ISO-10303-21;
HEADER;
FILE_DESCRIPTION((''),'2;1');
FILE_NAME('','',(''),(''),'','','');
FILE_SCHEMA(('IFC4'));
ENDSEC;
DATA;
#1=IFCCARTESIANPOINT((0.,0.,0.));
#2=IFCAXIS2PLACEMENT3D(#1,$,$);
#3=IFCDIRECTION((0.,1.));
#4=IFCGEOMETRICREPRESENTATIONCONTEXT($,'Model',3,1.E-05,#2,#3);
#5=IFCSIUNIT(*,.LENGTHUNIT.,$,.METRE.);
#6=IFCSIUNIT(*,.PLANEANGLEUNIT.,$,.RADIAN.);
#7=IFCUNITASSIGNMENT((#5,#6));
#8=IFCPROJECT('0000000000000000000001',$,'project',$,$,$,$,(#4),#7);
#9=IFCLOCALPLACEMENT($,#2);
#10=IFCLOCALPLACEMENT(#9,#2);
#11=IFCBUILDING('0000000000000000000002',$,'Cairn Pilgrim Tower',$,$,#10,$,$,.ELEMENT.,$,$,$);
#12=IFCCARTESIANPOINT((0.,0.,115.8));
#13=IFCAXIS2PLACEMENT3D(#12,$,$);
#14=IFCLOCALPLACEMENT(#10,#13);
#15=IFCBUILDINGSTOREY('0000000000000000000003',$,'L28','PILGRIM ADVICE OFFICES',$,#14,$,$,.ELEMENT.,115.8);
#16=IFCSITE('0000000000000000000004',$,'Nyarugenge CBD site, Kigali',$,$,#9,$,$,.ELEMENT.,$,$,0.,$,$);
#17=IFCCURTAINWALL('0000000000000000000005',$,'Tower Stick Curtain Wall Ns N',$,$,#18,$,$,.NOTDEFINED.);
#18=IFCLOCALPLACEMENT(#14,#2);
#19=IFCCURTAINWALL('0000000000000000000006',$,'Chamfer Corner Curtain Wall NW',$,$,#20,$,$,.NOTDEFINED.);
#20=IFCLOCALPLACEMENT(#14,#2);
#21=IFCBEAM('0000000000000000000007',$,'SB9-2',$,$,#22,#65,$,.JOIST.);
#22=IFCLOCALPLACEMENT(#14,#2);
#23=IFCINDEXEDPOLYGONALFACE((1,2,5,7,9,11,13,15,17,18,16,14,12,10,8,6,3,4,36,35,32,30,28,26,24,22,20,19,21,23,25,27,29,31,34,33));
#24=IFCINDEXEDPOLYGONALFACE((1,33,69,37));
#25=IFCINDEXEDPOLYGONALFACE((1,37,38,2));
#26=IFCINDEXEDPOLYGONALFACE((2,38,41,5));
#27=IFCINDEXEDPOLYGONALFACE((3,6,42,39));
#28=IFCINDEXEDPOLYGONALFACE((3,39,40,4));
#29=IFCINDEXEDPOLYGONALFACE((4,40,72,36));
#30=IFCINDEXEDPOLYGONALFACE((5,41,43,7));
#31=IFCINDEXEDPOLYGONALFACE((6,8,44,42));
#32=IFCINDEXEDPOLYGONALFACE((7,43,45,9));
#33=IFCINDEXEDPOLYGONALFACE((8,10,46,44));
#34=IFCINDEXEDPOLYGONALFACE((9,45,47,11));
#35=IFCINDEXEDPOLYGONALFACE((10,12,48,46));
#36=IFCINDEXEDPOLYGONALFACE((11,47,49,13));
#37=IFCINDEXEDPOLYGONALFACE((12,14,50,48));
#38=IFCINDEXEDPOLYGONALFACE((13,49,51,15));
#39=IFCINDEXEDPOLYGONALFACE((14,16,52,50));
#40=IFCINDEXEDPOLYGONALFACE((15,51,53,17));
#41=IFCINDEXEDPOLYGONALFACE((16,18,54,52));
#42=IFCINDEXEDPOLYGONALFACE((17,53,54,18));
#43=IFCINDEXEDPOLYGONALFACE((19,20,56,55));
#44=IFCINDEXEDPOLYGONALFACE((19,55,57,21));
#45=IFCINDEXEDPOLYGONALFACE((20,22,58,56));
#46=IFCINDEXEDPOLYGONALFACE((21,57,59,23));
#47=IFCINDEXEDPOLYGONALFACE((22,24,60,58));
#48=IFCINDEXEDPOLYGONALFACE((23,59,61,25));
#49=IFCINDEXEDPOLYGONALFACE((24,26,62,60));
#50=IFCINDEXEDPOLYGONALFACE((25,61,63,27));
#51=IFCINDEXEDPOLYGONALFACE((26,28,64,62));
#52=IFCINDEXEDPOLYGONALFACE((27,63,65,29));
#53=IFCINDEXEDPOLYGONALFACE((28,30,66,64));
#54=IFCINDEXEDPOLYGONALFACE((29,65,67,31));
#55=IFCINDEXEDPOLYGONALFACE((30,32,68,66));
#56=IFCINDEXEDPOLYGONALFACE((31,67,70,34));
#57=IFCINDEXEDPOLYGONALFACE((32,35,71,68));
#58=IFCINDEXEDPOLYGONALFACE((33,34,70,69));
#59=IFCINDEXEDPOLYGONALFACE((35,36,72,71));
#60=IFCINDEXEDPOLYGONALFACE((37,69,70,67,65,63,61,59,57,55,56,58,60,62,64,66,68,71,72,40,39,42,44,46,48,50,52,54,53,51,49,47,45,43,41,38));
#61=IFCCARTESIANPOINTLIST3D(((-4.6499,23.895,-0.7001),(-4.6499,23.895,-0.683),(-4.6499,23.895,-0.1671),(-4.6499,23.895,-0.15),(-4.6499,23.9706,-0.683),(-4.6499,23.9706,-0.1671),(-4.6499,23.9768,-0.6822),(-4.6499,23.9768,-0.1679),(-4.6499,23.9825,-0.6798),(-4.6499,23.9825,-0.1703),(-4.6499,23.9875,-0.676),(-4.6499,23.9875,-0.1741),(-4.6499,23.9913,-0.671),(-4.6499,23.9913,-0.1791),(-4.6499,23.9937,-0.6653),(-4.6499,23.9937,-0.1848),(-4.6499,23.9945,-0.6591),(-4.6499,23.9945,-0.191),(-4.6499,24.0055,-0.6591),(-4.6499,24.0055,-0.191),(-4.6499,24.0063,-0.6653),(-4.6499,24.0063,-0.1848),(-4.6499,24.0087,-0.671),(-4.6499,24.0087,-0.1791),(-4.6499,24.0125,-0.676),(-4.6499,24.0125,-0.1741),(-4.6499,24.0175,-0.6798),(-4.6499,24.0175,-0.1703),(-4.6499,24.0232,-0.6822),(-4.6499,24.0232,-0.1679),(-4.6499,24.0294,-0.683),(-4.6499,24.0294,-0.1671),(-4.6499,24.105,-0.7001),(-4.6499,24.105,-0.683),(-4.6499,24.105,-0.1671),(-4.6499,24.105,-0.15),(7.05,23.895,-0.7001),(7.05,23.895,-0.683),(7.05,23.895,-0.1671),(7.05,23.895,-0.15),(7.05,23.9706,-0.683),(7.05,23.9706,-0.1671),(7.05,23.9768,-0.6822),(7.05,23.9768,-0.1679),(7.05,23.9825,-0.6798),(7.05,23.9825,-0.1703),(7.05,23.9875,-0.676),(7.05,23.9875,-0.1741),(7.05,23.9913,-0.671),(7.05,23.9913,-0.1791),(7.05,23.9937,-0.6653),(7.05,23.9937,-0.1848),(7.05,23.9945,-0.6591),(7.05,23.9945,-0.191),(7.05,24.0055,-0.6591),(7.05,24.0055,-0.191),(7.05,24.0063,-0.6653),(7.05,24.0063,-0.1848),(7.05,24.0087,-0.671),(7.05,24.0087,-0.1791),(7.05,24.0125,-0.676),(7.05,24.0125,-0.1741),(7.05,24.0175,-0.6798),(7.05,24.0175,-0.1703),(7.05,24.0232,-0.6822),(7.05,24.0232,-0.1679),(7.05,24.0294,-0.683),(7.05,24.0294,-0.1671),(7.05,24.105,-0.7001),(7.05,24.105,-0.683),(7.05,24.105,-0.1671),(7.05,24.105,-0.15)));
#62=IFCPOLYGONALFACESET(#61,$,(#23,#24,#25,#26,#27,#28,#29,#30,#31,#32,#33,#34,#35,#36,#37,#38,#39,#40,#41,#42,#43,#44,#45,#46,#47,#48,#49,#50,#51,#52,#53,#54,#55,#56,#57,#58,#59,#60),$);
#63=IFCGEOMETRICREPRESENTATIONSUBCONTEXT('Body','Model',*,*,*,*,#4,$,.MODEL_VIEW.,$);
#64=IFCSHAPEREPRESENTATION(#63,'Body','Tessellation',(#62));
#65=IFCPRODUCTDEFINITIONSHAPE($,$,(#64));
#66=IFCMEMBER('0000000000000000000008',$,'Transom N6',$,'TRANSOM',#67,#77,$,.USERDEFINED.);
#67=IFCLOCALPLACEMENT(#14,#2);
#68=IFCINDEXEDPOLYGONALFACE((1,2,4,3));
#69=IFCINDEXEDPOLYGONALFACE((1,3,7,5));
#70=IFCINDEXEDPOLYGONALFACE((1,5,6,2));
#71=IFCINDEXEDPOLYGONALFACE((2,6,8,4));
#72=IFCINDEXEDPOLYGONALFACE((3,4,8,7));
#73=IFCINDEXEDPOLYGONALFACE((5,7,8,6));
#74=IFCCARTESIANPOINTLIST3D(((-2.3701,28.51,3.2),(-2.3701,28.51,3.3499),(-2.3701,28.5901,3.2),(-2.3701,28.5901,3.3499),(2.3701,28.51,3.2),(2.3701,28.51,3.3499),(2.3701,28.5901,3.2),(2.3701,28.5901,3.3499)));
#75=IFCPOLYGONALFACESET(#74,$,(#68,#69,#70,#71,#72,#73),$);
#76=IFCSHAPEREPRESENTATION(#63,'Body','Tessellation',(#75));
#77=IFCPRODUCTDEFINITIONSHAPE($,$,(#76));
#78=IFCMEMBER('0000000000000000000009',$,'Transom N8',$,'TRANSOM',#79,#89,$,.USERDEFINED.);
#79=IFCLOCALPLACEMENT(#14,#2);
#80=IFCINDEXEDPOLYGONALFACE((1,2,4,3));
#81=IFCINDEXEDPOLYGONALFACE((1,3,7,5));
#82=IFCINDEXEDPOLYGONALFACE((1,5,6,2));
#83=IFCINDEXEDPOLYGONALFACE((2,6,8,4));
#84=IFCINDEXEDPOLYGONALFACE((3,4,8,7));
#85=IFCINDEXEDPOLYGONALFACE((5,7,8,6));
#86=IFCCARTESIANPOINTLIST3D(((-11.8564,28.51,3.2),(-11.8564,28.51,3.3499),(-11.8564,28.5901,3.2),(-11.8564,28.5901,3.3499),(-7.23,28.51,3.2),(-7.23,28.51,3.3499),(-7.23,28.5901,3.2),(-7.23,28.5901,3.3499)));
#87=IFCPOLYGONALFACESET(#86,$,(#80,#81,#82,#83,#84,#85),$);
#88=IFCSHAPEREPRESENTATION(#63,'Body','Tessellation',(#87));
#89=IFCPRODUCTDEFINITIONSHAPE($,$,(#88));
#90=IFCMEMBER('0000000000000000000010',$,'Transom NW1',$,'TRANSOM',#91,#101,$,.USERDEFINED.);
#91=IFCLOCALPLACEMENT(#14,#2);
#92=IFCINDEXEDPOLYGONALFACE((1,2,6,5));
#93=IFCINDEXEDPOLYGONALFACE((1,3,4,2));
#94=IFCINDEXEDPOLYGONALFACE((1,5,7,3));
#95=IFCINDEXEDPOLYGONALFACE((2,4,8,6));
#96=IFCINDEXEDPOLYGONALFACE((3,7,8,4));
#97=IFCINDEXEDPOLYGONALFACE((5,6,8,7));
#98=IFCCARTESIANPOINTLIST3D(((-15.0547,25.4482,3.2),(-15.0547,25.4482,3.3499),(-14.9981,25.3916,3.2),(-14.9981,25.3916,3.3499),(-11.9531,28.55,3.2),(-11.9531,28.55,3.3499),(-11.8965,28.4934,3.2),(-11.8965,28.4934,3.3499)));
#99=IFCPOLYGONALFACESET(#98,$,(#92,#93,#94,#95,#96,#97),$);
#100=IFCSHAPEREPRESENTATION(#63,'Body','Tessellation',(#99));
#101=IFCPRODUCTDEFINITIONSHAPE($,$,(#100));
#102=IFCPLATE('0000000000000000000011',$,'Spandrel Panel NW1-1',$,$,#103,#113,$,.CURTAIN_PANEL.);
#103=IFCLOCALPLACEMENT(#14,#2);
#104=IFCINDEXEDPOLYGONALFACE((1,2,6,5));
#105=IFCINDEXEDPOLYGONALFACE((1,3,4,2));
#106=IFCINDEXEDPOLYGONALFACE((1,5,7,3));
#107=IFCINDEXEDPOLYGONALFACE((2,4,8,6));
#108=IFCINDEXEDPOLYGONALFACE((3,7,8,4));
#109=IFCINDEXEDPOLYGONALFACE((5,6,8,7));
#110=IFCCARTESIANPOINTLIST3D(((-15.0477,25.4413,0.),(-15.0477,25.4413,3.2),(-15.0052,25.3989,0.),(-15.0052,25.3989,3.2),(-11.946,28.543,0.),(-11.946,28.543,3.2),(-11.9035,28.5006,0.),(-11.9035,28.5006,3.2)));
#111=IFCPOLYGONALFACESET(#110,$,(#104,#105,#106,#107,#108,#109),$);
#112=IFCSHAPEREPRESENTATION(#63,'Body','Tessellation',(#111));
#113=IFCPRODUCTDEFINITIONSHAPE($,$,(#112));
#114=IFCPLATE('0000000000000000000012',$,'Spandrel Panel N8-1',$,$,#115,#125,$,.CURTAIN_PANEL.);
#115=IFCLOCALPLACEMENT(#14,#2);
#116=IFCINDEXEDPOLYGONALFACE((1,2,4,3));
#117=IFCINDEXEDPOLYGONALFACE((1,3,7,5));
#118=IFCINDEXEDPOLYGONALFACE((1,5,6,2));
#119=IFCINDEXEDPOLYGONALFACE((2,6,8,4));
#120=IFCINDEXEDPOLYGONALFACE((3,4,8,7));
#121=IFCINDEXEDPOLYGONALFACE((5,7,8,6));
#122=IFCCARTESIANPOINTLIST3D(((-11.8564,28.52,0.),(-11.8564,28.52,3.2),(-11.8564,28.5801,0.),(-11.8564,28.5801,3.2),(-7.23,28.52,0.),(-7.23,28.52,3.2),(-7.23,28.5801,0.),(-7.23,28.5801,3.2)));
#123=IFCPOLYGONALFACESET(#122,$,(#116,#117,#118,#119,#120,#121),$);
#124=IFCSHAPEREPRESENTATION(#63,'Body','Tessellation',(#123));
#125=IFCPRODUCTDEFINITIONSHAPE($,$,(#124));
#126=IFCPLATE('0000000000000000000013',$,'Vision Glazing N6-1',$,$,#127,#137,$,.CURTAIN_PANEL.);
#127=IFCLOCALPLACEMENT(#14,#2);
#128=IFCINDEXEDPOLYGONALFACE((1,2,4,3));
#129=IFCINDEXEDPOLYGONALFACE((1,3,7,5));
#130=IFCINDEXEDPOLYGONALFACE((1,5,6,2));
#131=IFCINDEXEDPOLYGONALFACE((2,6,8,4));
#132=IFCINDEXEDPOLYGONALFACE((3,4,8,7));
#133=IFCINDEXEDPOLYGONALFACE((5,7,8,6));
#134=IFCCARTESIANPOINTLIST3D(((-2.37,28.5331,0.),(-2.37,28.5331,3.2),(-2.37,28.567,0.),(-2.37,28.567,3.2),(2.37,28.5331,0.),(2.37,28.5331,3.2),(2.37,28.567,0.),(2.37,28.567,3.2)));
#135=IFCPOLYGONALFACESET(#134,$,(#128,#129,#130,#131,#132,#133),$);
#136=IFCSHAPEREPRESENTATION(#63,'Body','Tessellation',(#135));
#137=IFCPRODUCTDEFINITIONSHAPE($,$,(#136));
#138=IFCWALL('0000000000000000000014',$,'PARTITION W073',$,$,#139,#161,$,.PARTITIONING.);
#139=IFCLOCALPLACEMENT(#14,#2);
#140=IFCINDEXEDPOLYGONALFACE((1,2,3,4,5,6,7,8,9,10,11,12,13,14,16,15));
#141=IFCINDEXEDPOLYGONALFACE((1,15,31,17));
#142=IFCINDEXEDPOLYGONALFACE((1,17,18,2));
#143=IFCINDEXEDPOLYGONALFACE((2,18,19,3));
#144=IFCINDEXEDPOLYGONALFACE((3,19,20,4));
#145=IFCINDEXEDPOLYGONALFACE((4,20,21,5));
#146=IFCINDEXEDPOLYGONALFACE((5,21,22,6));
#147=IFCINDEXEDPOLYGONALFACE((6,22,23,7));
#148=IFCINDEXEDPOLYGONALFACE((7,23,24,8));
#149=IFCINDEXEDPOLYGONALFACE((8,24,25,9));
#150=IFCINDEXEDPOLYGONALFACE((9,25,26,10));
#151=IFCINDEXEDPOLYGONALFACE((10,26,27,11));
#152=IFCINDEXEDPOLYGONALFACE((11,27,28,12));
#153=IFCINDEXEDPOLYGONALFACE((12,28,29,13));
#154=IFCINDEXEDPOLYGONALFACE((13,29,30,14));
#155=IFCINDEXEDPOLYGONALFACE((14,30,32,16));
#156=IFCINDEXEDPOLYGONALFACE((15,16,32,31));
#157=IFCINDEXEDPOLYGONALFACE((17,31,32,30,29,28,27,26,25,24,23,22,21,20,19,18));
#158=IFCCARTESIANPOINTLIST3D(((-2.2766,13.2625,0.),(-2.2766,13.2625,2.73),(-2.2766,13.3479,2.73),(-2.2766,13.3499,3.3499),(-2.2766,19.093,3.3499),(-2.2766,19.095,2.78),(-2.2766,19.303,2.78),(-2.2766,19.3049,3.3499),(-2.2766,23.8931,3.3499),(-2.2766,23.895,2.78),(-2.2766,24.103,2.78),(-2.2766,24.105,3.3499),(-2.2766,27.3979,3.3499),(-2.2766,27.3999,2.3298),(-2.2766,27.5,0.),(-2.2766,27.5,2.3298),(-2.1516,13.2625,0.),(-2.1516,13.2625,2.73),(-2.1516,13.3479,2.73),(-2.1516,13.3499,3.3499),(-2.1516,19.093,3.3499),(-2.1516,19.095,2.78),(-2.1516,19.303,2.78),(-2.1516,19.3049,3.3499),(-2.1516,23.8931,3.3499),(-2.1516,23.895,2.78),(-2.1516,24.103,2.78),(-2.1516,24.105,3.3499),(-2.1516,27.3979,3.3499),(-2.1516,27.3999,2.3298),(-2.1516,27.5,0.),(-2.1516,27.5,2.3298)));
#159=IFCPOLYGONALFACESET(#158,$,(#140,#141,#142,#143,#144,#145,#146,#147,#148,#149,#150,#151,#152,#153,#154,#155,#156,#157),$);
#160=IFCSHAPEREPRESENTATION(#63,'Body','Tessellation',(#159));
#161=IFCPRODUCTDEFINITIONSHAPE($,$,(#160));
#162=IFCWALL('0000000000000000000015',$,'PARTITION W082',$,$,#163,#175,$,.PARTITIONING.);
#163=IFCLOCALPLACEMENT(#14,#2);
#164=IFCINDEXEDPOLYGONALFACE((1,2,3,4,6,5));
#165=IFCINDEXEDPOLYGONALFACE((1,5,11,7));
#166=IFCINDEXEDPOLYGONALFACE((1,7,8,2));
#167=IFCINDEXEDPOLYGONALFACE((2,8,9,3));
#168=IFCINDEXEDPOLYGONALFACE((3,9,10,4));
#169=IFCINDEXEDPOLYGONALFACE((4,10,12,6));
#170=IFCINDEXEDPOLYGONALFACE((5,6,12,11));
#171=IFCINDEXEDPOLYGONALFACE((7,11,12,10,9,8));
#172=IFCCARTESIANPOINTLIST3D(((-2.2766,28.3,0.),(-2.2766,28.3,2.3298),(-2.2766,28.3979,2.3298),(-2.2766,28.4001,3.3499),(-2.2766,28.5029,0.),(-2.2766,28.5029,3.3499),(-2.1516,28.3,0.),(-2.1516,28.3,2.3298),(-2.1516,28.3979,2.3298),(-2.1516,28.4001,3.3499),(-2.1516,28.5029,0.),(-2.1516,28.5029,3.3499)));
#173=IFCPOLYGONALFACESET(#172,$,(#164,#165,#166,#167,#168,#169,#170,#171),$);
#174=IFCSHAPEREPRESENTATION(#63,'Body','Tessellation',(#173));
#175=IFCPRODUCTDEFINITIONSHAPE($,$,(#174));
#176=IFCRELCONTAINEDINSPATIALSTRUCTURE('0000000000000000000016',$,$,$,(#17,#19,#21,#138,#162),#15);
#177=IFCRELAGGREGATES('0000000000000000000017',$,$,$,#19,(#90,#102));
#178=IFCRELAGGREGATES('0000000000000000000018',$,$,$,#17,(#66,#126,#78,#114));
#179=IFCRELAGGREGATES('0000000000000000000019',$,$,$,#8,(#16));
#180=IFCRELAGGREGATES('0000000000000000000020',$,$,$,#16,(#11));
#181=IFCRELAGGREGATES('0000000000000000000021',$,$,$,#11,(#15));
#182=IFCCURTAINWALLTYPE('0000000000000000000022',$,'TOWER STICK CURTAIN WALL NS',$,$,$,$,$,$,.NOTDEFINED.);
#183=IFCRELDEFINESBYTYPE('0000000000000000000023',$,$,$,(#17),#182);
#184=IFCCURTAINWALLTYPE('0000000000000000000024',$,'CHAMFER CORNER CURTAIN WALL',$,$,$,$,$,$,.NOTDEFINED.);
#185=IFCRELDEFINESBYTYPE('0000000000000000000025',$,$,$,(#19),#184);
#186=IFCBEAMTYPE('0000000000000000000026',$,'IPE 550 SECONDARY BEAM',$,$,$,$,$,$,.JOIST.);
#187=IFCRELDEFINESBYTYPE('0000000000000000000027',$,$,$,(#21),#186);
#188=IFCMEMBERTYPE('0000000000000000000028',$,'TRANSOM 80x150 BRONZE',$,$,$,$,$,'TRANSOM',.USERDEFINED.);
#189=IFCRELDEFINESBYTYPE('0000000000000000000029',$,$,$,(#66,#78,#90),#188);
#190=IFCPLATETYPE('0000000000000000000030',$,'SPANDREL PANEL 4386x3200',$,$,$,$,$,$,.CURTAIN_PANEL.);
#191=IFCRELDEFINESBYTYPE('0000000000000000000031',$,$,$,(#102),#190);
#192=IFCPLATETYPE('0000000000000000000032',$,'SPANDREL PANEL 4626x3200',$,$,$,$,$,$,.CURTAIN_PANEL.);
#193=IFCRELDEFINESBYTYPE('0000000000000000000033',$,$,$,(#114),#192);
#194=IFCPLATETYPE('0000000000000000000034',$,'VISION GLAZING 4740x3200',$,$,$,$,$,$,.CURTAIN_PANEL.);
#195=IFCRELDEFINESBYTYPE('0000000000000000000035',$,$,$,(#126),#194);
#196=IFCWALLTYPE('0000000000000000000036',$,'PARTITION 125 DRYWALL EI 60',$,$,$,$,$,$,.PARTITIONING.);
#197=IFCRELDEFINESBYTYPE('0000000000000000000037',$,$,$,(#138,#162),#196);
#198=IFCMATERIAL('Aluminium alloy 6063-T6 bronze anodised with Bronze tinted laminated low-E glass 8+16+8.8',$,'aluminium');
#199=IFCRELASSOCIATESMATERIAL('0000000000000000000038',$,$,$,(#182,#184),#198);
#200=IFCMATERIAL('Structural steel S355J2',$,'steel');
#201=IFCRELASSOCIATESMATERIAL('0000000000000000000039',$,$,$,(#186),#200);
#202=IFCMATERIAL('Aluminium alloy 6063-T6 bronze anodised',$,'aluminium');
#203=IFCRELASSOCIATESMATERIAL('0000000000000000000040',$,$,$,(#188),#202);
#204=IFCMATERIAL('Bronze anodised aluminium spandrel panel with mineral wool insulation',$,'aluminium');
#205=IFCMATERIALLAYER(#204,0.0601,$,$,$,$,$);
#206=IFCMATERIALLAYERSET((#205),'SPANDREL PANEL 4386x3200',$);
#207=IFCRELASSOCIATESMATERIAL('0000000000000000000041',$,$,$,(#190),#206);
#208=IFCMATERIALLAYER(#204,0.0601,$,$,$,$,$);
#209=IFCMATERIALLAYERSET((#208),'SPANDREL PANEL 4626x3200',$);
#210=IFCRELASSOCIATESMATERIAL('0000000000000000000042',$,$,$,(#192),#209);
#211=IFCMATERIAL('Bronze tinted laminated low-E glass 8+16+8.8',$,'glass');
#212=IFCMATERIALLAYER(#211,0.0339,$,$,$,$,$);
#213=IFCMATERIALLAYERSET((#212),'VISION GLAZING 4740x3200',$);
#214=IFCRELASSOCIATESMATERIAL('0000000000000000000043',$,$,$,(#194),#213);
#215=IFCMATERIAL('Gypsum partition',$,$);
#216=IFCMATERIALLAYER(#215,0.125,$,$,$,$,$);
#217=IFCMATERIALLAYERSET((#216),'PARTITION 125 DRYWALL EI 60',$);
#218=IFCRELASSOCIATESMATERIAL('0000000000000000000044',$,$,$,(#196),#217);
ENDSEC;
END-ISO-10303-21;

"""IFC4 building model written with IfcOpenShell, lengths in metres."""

from ifc_helpers import new_model, si_unit, direction, frame, origin, origin_2d, place, context, subcontext, project, spatial, polyline, rectangle, i_section, outline, extrude, material, layer, layer_set, material_profile, profile_set, type_object, element, aggregate, save


model = new_model("IFC4")

# Units and contexts
model_context = context("Model", 3, precision=1e-05, world=origin(), true_north=direction((0.0, 1.0)))
body_context = subcontext(model_context, "Body", "Model", "MODEL_VIEW")
ifc_project = project(units=[si_unit("LENGTHUNIT", "METRE"), si_unit("PLANEANGLEUNIT", "RADIAN")], contexts=[model_context])

# Site, building, storey
site_placement = place(None, origin())
site = spatial("IfcSite", under=ifc_project, at=site_placement, Name="Nyarugenge CBD site, Kigali", CompositionType="ELEMENT", RefElevation=0.0)
building_placement = place(site_placement, origin())
building = spatial("IfcBuilding", under=site, at=building_placement, Name="Cairn Pilgrim Tower", CompositionType="ELEMENT")
storey_placement = place(building_placement, frame((0.0, 0.0, 115.8)))
storey = spatial("IfcBuildingStorey", under=building, at=storey_placement, Name="L28", Description="PILGRIM ADVICE OFFICES", CompositionType="ELEMENT", Elevation=115.8)

# Shared definitions
ifc_material_1 = material(Name="Structural steel S355J2", Category="steel")

# Curtain wall
ifc_material_2 = material(Name="Aluminium alloy 6063-T6 bronze anodised with Bronze tinted laminated low-E glass 8+16+8.8", Category="aluminium")
curtain_wall_type_1 = type_object("IfcCurtainWallType", Name="TOWER STICK CURTAIN WALL NS", PredefinedType="NOTDEFINED", material=ifc_material_2)
curtain_wall_1_placement = place(storey_placement, origin())
curtain_wall_1 = element("IfcCurtainWall", 1, at=curtain_wall_1_placement, inside=storey, type_object=curtain_wall_type_1, Name="Tower Stick Curtain Wall Ns N", PredefinedType="NOTDEFINED")
ifc_material_3 = material(Name="Aluminium alloy 6063-T6 bronze anodised", Category="aluminium")

# Curtain wall
curtain_wall_type_2 = type_object("IfcCurtainWallType", Name="CHAMFER CORNER CURTAIN WALL", PredefinedType="NOTDEFINED", material=ifc_material_2)
curtain_wall_2_placement = place(storey_placement, origin())
curtain_wall_2 = element("IfcCurtainWall", 2, at=curtain_wall_2_placement, inside=storey, type_object=curtain_wall_type_2, Name="Chamfer Corner Curtain Wall NW", PredefinedType="NOTDEFINED")

# Beam
ifc_material_profile_1 = material_profile(ifc_material_1, i_section(OverallWidth=0.21, OverallDepth=0.55, WebThickness=0.011, FlangeThickness=0.0171, FilletRadius=0.0239, at=origin_2d()), Name="IPE 550")
ifc_profile_set_1 = profile_set([ifc_material_profile_1], Name="Structural steel S355J2")
beam_type_1 = type_object("IfcBeamType", Name="IPE 550 SECONDARY BEAM", PredefinedType="JOIST", material=ifc_profile_set_1)
for number, where, z_axis, x_axis, name in (
    (3, (-4.6499, 24.0, -0.425), (1.0, 0.0, 0.0), (0.0, 1.0, 0.0), "SB9-2"),
):
    element("IfcBeam", number, at=place(storey_placement, frame(where, z_axis=z_axis, x_axis=x_axis)), inside=storey, type_object=beam_type_1, Name=name, PredefinedType="JOIST", context=body_context, shape_type="SweptSolid", body=[
        extrude(i_section(OverallWidth=0.21, OverallDepth=0.55, WebThickness=0.011, FlangeThickness=0.0171, FilletRadius=0.0239, at=origin_2d()), origin(), (0.0, 0.0, 1.0), 11.7),
    ])

# Members
ifc_material_profile_2 = material_profile(ifc_material_3, rectangle(XDim=0.0801, YDim=0.1499, at=origin_2d()), Name="TRANSOM 80x150 BRONZE")
ifc_profile_set_2 = profile_set([ifc_material_profile_2], Name="Aluminium alloy 6063-T6 bronze anodised")
member_type_1 = type_object("IfcMemberType", Name="TRANSOM 80x150 BRONZE", ElementType="TRANSOM", PredefinedType="USERDEFINED", material=ifc_profile_set_2)
member_1_placement = place(storey_placement, frame((2.3701, 28.55, 3.2749), z_axis=(-1.0, 0.0, 0.0), x_axis=(0.0, -1.0, 0.0)))
member_1 = element("IfcMember", 4, at=member_1_placement, type_object=member_type_1, Name="Transom N6", ObjectType="TRANSOM", PredefinedType="USERDEFINED", context=body_context, shape_type="SweptSolid", body=[
    extrude(rectangle(XDim=0.0801, YDim=0.1499, at=origin_2d()), origin(), (0.0, 0.0, 1.0), 4.7402),
])
member_2_placement = place(storey_placement, frame((-7.23, 28.55, 3.2749), z_axis=(-1.0, 0.0, 0.0), x_axis=(0.0, -1.0, 0.0)))
member_2 = element("IfcMember", 5, at=member_2_placement, type_object=member_type_1, Name="Transom N8", ObjectType="TRANSOM", PredefinedType="USERDEFINED", context=body_context, shape_type="SweptSolid", body=[
    extrude(rectangle(XDim=0.0801, YDim=0.1499, at=origin_2d()), origin(), (0.0, 0.0, 1.0), 4.6265),
])
member_3_placement = place(storey_placement, frame((-11.9248, 28.5217, 3.2749), z_axis=(-0.707079, -0.707135, 0.0), x_axis=(0.707135, -0.707079, 0.0)))
member_3 = element("IfcMember", 6, at=member_3_placement, type_object=member_type_1, Name="Transom NW1", ObjectType="TRANSOM", PredefinedType="USERDEFINED", context=body_context, shape_type="SweptSolid", body=[
    extrude(rectangle(XDim=0.0801, YDim=0.1499, at=origin_2d()), origin(), (0.0, 0.0, 1.0), 4.3865),
])

# Plates
ifc_material_4 = material(Name="Bronze anodised aluminium spandrel panel with mineral wool insulation", Category="aluminium")
ifc_layer_1 = layer(ifc_material_4, 0.0601)
ifc_layer_set_1 = layer_set([ifc_layer_1], Name="SPANDREL PANEL 4386x3200")
plate_type_1 = type_object("IfcPlateType", Name="SPANDREL PANEL 4386x3200", PredefinedType="CURTAIN_PANEL", material=ifc_layer_set_1)
plate_1_placement = place(storey_placement, frame((-13.4756, 26.9709, 0.0), z_axis=(0.0, 0.0, 1.0), x_axis=(-0.707107, -0.707107, 0.0)))
plate_1 = element("IfcPlate", 7, at=plate_1_placement, type_object=plate_type_1, Name="Spandrel Panel NW1-1", PredefinedType="CURTAIN_PANEL", context=body_context, shape_type="SweptSolid", body=[
    extrude(rectangle(XDim=4.3865, YDim=0.0601, at=origin_2d()), origin(), (0.0, 0.0, 1.0), 3.2),
])
aggregate(curtain_wall_2, [member_3, plate_1])
ifc_layer_2 = layer(ifc_material_4, 0.0601)
ifc_layer_set_2 = layer_set([ifc_layer_2], Name="SPANDREL PANEL 4626x3200")
plate_type_2 = type_object("IfcPlateType", Name="SPANDREL PANEL 4626x3200", PredefinedType="CURTAIN_PANEL", material=ifc_layer_set_2)
plate_2_placement = place(storey_placement, frame((-9.5432, 28.55, 0.0), z_axis=(0.0, 0.0, 1.0), x_axis=(-1.0, 0.0, 0.0)))
plate_2 = element("IfcPlate", 8, at=plate_2_placement, type_object=plate_type_2, Name="Spandrel Panel N8-1", PredefinedType="CURTAIN_PANEL", context=body_context, shape_type="SweptSolid", body=[
    extrude(rectangle(XDim=4.6265, YDim=0.0601, at=origin_2d()), origin(), (0.0, 0.0, 1.0), 3.2),
])
ifc_material_5 = material(Name="Bronze tinted laminated low-E glass 8+16+8.8", Category="glass")
ifc_layer_3 = layer(ifc_material_5, 0.0339)
ifc_layer_set_3 = layer_set([ifc_layer_3], Name="VISION GLAZING 4740x3200")
plate_type_3 = type_object("IfcPlateType", Name="VISION GLAZING 4740x3200", PredefinedType="CURTAIN_PANEL", material=ifc_layer_set_3)
plate_3_placement = place(storey_placement, frame((0.0, 28.55, 0.0), z_axis=(0.0, 0.0, 1.0), x_axis=(-1.0, 0.0, 0.0)))
plate_3 = element("IfcPlate", 9, at=plate_3_placement, type_object=plate_type_3, Name="Vision Glazing N6-1", PredefinedType="CURTAIN_PANEL", context=body_context, shape_type="SweptSolid", body=[
    extrude(rectangle(XDim=4.74, YDim=0.0339, at=origin_2d()), origin(), (0.0, 0.0, 1.0), 3.2),
])
aggregate(curtain_wall_1, [member_1, plate_3, member_2, plate_2])

# Walls
ifc_material_6 = material(Name="Gypsum partition")
ifc_layer_4 = layer(ifc_material_6, 0.125)
ifc_layer_set_4 = layer_set([ifc_layer_4], Name="PARTITION 125 DRYWALL EI 60")
wall_type_1 = type_object("IfcWallType", Name="PARTITION 125 DRYWALL EI 60", PredefinedType="PARTITIONING", material=ifc_layer_set_4)
wall_1_placement = place(storey_placement, frame((-2.2141, 13.2625, 0.0), z_axis=(0.0, 0.0, 1.0), x_axis=(0.0, 1.0, 0.0)))
element("IfcWall", 10, at=wall_1_placement, inside=storey, type_object=wall_type_1, Name="PARTITION W073", PredefinedType="PARTITIONING", context=body_context, shape_type="SweptSolid", body=[
    extrude(outline(polyline([(0.0, 0.0), (14.2375, 0.0), (14.2375, 2.3298), (14.1375, 2.3298), (14.1355, 3.3499), (10.8425, 3.3499), (10.8406, 2.78), (10.6326, 2.78), (10.6306, 3.3499), (6.0425, 3.3499), (6.0405, 2.78), (5.8325, 2.78), (5.8306, 3.3499), (0.0874, 3.3499), (0.0854, 2.73), (0.0, 2.73), (0.0, 0.0)])), frame((0.0, 0.0625, 0.0), z_axis=(0.0, -1.0, 0.0), x_axis=(1.0, 0.0, 0.0)), (0.0, 0.0, 1.0), 0.125),
])
wall_2_placement = place(storey_placement, frame((-2.2141, 28.3, 0.0), z_axis=(0.0, 0.0, 1.0), x_axis=(0.0, 1.0, 0.0)))
element("IfcWall", 11, at=wall_2_placement, inside=storey, type_object=wall_type_1, Name="PARTITION W082", PredefinedType="PARTITIONING", context=body_context, shape_type="SweptSolid", body=[
    extrude(outline(polyline([(0.0, 0.0), (0.2029, 0.0), (0.2029, 3.3499), (0.1001, 3.3499), (0.0979, 2.3298), (0.0, 2.3298), (0.0, 0.0)])), frame((0.0, 0.0625, 0.0), z_axis=(0.0, -1.0, 0.0), x_axis=(1.0, 0.0, 0.0)), (0.0, 0.0, 1.0), 0.125),
])

save(model, "model.ifc")
